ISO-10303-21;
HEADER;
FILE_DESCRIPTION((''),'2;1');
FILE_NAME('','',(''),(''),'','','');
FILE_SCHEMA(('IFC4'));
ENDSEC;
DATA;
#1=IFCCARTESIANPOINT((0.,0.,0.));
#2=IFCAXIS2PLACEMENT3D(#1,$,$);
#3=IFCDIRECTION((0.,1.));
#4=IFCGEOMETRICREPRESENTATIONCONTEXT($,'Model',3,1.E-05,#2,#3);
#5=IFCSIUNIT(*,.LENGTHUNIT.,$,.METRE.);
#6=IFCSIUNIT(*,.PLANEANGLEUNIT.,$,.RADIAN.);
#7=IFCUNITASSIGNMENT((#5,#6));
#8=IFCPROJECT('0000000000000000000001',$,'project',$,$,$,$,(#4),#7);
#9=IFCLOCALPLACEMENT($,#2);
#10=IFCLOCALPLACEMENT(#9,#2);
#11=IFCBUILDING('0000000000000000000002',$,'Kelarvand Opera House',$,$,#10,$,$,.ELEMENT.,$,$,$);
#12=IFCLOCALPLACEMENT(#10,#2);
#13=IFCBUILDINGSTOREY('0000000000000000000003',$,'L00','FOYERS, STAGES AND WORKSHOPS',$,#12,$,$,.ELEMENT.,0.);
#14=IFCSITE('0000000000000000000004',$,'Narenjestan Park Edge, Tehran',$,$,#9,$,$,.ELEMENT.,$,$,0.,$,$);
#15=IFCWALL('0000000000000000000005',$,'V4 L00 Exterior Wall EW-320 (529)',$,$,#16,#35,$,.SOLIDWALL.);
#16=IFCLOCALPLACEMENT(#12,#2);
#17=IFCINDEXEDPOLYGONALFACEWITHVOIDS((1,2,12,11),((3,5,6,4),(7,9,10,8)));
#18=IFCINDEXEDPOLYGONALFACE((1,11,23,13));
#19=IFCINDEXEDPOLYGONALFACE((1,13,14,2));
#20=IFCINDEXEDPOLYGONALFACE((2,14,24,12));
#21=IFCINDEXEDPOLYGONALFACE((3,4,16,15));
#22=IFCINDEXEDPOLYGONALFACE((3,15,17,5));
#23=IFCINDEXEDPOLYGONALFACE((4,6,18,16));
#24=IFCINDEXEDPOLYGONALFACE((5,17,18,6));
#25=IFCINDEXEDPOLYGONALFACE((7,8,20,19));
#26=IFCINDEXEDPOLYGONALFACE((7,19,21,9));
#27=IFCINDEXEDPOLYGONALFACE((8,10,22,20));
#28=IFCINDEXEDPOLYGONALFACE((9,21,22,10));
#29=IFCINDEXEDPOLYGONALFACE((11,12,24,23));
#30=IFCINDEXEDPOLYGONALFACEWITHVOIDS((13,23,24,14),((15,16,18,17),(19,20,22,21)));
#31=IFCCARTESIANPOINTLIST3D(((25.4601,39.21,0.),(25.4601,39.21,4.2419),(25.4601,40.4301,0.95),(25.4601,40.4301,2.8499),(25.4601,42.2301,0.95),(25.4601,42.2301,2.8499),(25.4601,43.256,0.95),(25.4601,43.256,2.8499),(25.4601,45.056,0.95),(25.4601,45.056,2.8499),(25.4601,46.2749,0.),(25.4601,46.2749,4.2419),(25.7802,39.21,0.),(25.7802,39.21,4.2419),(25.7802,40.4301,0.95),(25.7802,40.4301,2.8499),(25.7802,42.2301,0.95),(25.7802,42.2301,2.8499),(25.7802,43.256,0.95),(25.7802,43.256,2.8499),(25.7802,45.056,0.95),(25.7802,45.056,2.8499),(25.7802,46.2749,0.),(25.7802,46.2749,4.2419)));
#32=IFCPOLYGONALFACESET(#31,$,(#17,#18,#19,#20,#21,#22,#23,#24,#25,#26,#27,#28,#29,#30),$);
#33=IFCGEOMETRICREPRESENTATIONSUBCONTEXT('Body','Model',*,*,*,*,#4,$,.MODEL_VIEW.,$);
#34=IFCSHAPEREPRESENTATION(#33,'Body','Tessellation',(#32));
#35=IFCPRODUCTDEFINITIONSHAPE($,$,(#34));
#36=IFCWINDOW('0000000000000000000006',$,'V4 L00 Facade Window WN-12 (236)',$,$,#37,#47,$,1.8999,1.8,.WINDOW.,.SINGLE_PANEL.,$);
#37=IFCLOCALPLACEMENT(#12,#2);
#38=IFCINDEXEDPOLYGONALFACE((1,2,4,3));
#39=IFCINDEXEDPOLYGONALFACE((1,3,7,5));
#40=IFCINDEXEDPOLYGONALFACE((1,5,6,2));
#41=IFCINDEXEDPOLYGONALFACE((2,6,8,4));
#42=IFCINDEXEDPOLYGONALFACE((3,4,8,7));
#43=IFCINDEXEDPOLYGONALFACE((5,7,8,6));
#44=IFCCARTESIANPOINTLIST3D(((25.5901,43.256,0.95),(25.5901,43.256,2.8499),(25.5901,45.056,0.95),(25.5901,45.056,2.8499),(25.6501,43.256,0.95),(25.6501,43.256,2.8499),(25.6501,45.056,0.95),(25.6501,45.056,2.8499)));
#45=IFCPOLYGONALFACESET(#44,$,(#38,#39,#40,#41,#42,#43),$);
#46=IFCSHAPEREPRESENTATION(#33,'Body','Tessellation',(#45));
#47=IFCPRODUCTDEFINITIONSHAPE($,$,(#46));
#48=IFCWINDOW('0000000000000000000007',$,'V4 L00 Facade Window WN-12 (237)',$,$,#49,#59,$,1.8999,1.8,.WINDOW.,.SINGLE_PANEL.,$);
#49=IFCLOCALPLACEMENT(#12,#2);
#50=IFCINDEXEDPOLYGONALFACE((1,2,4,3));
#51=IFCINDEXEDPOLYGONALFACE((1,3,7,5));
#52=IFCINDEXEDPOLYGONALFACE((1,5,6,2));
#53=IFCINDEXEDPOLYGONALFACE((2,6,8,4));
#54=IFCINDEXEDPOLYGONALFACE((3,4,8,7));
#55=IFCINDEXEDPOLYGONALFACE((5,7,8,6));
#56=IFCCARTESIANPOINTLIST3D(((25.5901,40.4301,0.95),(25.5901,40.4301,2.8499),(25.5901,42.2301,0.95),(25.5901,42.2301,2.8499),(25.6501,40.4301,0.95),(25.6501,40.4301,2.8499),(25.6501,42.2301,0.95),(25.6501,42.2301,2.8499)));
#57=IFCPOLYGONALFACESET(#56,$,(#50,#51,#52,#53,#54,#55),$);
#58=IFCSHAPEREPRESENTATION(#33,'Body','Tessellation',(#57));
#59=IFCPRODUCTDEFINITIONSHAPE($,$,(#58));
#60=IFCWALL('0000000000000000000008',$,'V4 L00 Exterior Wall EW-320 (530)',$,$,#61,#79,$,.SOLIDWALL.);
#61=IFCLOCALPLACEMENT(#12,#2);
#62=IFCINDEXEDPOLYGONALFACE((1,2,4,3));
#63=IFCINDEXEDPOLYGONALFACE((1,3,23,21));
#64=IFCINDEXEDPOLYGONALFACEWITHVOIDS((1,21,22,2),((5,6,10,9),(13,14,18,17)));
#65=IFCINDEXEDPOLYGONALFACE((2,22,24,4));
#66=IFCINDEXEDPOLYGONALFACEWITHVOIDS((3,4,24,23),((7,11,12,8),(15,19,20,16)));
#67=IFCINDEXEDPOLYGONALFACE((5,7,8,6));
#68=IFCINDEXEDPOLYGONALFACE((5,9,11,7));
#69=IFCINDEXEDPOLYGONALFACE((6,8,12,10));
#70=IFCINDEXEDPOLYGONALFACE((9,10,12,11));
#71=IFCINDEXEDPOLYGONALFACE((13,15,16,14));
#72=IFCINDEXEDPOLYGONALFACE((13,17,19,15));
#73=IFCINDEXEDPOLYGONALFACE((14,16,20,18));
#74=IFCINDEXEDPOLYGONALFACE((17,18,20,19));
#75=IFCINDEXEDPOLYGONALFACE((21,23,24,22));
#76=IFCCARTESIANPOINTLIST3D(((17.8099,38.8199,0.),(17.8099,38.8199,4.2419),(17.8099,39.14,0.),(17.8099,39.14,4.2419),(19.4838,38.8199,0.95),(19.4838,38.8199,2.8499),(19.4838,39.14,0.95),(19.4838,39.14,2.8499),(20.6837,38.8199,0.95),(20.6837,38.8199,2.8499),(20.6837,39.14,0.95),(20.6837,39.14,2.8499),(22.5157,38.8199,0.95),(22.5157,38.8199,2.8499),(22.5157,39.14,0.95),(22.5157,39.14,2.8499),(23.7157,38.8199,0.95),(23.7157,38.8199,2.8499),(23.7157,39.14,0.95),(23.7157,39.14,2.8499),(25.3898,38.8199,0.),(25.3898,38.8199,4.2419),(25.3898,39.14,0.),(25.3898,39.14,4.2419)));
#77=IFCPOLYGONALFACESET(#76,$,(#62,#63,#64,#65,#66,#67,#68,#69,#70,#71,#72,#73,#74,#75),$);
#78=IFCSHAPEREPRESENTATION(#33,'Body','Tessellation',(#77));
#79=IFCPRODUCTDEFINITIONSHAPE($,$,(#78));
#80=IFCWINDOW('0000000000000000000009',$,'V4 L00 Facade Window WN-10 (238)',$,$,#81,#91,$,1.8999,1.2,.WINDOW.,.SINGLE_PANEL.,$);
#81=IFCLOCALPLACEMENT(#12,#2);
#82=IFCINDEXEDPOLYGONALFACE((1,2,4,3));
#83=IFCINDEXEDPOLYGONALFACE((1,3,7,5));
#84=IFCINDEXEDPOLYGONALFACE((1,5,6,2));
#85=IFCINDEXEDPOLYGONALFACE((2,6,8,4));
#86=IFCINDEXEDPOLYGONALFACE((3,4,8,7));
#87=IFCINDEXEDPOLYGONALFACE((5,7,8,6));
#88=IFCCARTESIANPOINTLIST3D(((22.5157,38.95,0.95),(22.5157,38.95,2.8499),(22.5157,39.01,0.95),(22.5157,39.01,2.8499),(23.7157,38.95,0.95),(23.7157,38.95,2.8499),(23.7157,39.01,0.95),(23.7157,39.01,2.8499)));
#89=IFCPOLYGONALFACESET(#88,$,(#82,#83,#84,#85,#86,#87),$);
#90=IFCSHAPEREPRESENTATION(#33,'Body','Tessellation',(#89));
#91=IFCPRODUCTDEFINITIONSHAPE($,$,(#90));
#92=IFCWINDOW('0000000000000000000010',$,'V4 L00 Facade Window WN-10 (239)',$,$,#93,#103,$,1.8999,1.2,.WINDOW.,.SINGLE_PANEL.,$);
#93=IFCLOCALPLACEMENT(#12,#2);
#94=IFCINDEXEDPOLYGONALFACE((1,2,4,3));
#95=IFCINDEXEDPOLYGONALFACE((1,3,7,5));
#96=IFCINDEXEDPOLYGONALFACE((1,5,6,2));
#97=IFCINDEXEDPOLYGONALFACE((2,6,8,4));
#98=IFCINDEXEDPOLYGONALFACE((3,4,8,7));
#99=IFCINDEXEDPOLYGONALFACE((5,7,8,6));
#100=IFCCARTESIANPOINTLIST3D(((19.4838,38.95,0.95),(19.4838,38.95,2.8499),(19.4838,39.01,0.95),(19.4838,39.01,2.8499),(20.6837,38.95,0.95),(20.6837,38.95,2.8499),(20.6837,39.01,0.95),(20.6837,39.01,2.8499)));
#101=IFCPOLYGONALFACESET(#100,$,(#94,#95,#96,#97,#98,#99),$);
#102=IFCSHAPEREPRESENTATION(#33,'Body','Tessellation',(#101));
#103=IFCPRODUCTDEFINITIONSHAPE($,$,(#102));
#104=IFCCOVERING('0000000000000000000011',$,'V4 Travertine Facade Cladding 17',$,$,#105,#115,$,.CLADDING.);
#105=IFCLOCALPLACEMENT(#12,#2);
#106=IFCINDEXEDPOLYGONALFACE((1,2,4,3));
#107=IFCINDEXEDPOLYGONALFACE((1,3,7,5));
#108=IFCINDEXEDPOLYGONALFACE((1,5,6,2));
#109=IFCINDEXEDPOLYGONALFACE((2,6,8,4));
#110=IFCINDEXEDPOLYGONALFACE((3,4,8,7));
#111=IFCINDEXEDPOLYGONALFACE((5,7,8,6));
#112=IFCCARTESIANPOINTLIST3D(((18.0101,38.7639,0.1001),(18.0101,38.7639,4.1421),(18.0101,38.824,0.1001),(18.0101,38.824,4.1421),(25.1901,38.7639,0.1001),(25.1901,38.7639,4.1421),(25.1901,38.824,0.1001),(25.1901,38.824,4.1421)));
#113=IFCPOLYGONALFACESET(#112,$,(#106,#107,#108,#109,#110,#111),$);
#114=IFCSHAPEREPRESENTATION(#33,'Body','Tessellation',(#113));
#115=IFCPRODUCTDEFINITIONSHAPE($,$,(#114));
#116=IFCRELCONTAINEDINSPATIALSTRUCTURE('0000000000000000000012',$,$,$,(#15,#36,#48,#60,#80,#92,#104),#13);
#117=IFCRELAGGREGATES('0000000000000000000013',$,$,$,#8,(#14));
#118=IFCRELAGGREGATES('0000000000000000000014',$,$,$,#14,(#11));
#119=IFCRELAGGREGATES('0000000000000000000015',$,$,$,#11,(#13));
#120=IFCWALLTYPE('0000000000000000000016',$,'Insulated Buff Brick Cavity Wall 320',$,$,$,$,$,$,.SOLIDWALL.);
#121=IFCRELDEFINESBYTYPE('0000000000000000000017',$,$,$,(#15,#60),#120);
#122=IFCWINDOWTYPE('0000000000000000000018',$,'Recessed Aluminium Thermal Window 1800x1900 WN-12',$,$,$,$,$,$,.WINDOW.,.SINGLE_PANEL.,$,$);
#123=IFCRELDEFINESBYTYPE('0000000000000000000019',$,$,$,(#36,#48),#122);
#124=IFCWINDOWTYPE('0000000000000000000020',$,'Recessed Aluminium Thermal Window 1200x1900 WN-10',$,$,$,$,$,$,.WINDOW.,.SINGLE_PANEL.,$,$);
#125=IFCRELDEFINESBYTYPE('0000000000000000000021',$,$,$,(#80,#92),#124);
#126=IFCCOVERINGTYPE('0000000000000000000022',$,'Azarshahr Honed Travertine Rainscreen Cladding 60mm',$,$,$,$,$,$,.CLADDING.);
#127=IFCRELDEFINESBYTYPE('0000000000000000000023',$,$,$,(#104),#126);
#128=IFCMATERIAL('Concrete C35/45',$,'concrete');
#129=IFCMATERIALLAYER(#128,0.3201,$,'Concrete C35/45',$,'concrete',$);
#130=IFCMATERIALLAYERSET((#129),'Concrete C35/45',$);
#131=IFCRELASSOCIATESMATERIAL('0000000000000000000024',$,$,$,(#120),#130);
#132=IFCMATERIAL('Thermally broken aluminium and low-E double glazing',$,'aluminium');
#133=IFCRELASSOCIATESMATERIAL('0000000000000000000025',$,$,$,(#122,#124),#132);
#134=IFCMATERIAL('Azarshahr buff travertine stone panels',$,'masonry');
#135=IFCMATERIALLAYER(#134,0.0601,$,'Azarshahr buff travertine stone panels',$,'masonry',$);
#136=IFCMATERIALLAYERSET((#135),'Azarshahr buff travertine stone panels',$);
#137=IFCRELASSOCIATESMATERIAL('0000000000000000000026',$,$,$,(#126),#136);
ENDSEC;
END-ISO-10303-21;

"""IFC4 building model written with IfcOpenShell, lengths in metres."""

from ifc_helpers import new_model, si_unit, direction, frame, frame_2d, origin, origin_2d, place, context, subcontext, project, spatial, rectangle, extrude, material, layer, layer_set, type_object, element, fill, save


model = new_model("IFC4")

# Units and contexts
model_context = context("Model", 3, precision=1e-05, world=origin(), true_north=direction((0.0, 1.0)))
body_context = subcontext(model_context, "Body", "Model", "MODEL_VIEW")
ifc_project = project(units=[si_unit("LENGTHUNIT", "METRE"), si_unit("PLANEANGLEUNIT", "RADIAN")], contexts=[model_context])

# Site, building, storey
site_placement = place(None, origin())
site = spatial("IfcSite", under=ifc_project, at=site_placement, Name="Narenjestan Park Edge, Tehran", CompositionType="ELEMENT", RefElevation=0.0)
building_placement = place(site_placement, origin())
building = spatial("IfcBuilding", under=site, at=building_placement, Name="Kelarvand Opera House", CompositionType="ELEMENT")
storey_placement = place(building_placement, origin())
storey = spatial("IfcBuildingStorey", under=building, at=storey_placement, Name="L00", Description="FOYERS, STAGES AND WORKSHOPS", CompositionType="ELEMENT", Elevation=0.0)

# Shared definitions
ifc_material_1 = material(Name="Concrete C35/45", Category="concrete")

# Walls, openings, windows
ifc_layer_1 = layer(ifc_material_1, 0.3201, Name="Concrete C35/45", Category="concrete")
ifc_layer_set_1 = layer_set([ifc_layer_1], Name="Concrete C35/45")
wall_type = type_object("IfcWallType", Name="Insulated Buff Brick Cavity Wall 320", PredefinedType="SOLIDWALL", material=ifc_layer_set_1)
wall_1_placement = place(storey_placement, frame((25.6201, 46.2749, 0.0), z_axis=(0.0, 0.0, 1.0), x_axis=(0.0, -1.0, 0.0)))
wall_1 = element("IfcWall", 1, at=wall_1_placement, inside=storey, type_object=wall_type, Name="V4 L00 Exterior Wall EW-320 (529)", PredefinedType="SOLIDWALL", context=body_context, shape_type="SweptSolid", body=[
    extrude(rectangle(XDim=7.0649, YDim=0.3201, at=frame_2d((3.5325, 0.0))), origin(), (0.0, 0.0, 1.0), 4.2419),
])
opening_1_placement = place(wall_1_placement, frame((1.219, 0.0, 0.95)))
opening_1 = element("IfcOpeningElement", 2, at=opening_1_placement, cuts=wall_1, PredefinedType="OPENING", context=body_context, shape_type="SweptSolid", body=[
    extrude(rectangle(XDim=1.8, YDim=1.8999, at=frame_2d((0.8999, 0.95))), frame((0.0, 0.1699, 0.0), z_axis=(0.0, -1.0, 0.0), x_axis=(1.0, 0.0, 0.0)), (0.0, 0.0, 1.0), 0.3401),
])
opening_2_placement = place(wall_1_placement, frame((4.0449, 0.0, 0.95)))
opening_2 = element("IfcOpeningElement", 3, at=opening_2_placement, cuts=wall_1, PredefinedType="OPENING", context=body_context, shape_type="SweptSolid", body=[
    extrude(rectangle(XDim=1.8, YDim=1.8999, at=frame_2d((0.8999, 0.95))), frame((0.0, 0.1699, 0.0), z_axis=(0.0, -1.0, 0.0), x_axis=(1.0, 0.0, 0.0)), (0.0, 0.0, 1.0), 0.3401),
])
ifc_material_2 = material(Name="Thermally broken aluminium and low-E double glazing", Category="aluminium")
window_type_1 = type_object("IfcWindowType", Name="Recessed Aluminium Thermal Window 1800x1900 WN-12", PartitioningType="SINGLE_PANEL", PredefinedType="WINDOW", material=ifc_material_2)
window_1_placement = place(opening_1_placement, origin())
window_1 = element("IfcWindow", 4, at=window_1_placement, inside=storey, type_object=window_type_1, Name="V4 L00 Facade Window WN-12 (236)", OverallHeight=1.8999, OverallWidth=1.8, PartitioningType="SINGLE_PANEL", PredefinedType="WINDOW", context=body_context, shape_type="SweptSolid", body=[
    extrude(rectangle(XDim=1.8, YDim=1.8999, at=frame_2d((0.8999, 0.95))), frame((0.0, 0.03, 0.0), z_axis=(0.0, -1.0, 0.0), x_axis=(1.0, 0.0, 0.0)), (0.0, 0.0, 1.0), 0.0601),
])
fill(opening_1, window_1)
window_2_placement = place(opening_2_placement, origin())
window_2 = element("IfcWindow", 5, at=window_2_placement, inside=storey, type_object=window_type_1, Name="V4 L00 Facade Window WN-12 (237)", OverallHeight=1.8999, OverallWidth=1.8, PartitioningType="SINGLE_PANEL", PredefinedType="WINDOW", context=body_context, shape_type="SweptSolid", body=[
    extrude(rectangle(XDim=1.8, YDim=1.8999, at=frame_2d((0.8999, 0.95))), frame((0.0, 0.03, 0.0), z_axis=(0.0, -1.0, 0.0), x_axis=(1.0, 0.0, 0.0)), (0.0, 0.0, 1.0), 0.0601),
])
fill(opening_2, window_2)
wall_2_placement = place(storey_placement, frame((25.3899, 38.98, 0.0), z_axis=(0.0, 0.0, 1.0), x_axis=(-1.0, 0.0, 0.0)))
wall_2 = element("IfcWall", 6, at=wall_2_placement, inside=storey, type_object=wall_type, Name="V4 L00 Exterior Wall EW-320 (530)", PredefinedType="SOLIDWALL", context=body_context, shape_type="SweptSolid", body=[
    extrude(rectangle(XDim=7.5798, YDim=0.3201, at=frame_2d((3.79, 0.0))), origin(), (0.0, 0.0, 1.0), 4.2419),
])
opening_3_placement = place(wall_2_placement, frame((1.6741, 0.0, 0.95)))
opening_3 = element("IfcOpeningElement", 7, at=opening_3_placement, cuts=wall_2, PredefinedType="OPENING", context=body_context, shape_type="SweptSolid", body=[
    extrude(rectangle(XDim=1.2, YDim=1.8999, at=frame_2d((0.6001, 0.95))), frame((0.0, 0.1699, 0.0), z_axis=(0.0, -1.0, 0.0), x_axis=(1.0, 0.0, 0.0)), (0.0, 0.0, 1.0), 0.3401),
])
opening_4_placement = place(wall_2_placement, frame((4.7061, 0.0, 0.95)))
opening_4 = element("IfcOpeningElement", 8, at=opening_4_placement, cuts=wall_2, PredefinedType="OPENING", context=body_context, shape_type="SweptSolid", body=[
    extrude(rectangle(XDim=1.2, YDim=1.8999, at=frame_2d((0.6001, 0.95))), frame((0.0, 0.1699, 0.0), z_axis=(0.0, -1.0, 0.0), x_axis=(1.0, 0.0, 0.0)), (0.0, 0.0, 1.0), 0.3401),
])
window_type_2 = type_object("IfcWindowType", Name="Recessed Aluminium Thermal Window 1200x1900 WN-10", PartitioningType="SINGLE_PANEL", PredefinedType="WINDOW", material=ifc_material_2)
window_3_placement = place(opening_3_placement, origin())
window_3 = element("IfcWindow", 9, at=window_3_placement, inside=storey, type_object=window_type_2, Name="V4 L00 Facade Window WN-10 (238)", OverallHeight=1.8999, OverallWidth=1.2, PartitioningType="SINGLE_PANEL", PredefinedType="WINDOW", context=body_context, shape_type="SweptSolid", body=[
    extrude(rectangle(XDim=1.2, YDim=1.8999, at=frame_2d((0.6001, 0.95))), frame((0.0, 0.03, 0.0), z_axis=(0.0, -1.0, 0.0), x_axis=(1.0, 0.0, 0.0)), (0.0, 0.0, 1.0), 0.0601),
])
fill(opening_3, window_3)
window_4_placement = place(opening_4_placement, origin())
window_4 = element("IfcWindow", 10, at=window_4_placement, inside=storey, type_object=window_type_2, Name="V4 L00 Facade Window WN-10 (239)", OverallHeight=1.8999, OverallWidth=1.2, PartitioningType="SINGLE_PANEL", PredefinedType="WINDOW", context=body_context, shape_type="SweptSolid", body=[
    extrude(rectangle(XDim=1.2, YDim=1.8999, at=frame_2d((0.6001, 0.95))), frame((0.0, 0.03, 0.0), z_axis=(0.0, -1.0, 0.0), x_axis=(1.0, 0.0, 0.0)), (0.0, 0.0, 1.0), 0.0601),
])
fill(opening_4, window_4)

# Covering
ifc_material_3 = material(Name="Azarshahr buff travertine stone panels", Category="masonry")
ifc_layer_2 = layer(ifc_material_3, 0.0601, Name="Azarshahr buff travertine stone panels", Category="masonry")
ifc_layer_set_2 = layer_set([ifc_layer_2], Name="Azarshahr buff travertine stone panels")
covering_type = type_object("IfcCoveringType", Name="Azarshahr Honed Travertine Rainscreen Cladding 60mm", PredefinedType="CLADDING", material=ifc_layer_set_2)
covering_placement = place(storey_placement, frame((21.6001, 38.7939, 0.1001), z_axis=(0.0, 0.0, 1.0), x_axis=(-1.0, 0.0, 0.0)))
element("IfcCovering", 11, at=covering_placement, inside=storey, type_object=covering_type, Name="V4 Travertine Facade Cladding 17", PredefinedType="CLADDING", context=body_context, shape_type="SweptSolid", body=[
    extrude(rectangle(XDim=7.1799, YDim=0.0601, at=origin_2d()), origin(), (0.0, 0.0, 1.0), 4.042),
])

save(model, "model.ifc")
